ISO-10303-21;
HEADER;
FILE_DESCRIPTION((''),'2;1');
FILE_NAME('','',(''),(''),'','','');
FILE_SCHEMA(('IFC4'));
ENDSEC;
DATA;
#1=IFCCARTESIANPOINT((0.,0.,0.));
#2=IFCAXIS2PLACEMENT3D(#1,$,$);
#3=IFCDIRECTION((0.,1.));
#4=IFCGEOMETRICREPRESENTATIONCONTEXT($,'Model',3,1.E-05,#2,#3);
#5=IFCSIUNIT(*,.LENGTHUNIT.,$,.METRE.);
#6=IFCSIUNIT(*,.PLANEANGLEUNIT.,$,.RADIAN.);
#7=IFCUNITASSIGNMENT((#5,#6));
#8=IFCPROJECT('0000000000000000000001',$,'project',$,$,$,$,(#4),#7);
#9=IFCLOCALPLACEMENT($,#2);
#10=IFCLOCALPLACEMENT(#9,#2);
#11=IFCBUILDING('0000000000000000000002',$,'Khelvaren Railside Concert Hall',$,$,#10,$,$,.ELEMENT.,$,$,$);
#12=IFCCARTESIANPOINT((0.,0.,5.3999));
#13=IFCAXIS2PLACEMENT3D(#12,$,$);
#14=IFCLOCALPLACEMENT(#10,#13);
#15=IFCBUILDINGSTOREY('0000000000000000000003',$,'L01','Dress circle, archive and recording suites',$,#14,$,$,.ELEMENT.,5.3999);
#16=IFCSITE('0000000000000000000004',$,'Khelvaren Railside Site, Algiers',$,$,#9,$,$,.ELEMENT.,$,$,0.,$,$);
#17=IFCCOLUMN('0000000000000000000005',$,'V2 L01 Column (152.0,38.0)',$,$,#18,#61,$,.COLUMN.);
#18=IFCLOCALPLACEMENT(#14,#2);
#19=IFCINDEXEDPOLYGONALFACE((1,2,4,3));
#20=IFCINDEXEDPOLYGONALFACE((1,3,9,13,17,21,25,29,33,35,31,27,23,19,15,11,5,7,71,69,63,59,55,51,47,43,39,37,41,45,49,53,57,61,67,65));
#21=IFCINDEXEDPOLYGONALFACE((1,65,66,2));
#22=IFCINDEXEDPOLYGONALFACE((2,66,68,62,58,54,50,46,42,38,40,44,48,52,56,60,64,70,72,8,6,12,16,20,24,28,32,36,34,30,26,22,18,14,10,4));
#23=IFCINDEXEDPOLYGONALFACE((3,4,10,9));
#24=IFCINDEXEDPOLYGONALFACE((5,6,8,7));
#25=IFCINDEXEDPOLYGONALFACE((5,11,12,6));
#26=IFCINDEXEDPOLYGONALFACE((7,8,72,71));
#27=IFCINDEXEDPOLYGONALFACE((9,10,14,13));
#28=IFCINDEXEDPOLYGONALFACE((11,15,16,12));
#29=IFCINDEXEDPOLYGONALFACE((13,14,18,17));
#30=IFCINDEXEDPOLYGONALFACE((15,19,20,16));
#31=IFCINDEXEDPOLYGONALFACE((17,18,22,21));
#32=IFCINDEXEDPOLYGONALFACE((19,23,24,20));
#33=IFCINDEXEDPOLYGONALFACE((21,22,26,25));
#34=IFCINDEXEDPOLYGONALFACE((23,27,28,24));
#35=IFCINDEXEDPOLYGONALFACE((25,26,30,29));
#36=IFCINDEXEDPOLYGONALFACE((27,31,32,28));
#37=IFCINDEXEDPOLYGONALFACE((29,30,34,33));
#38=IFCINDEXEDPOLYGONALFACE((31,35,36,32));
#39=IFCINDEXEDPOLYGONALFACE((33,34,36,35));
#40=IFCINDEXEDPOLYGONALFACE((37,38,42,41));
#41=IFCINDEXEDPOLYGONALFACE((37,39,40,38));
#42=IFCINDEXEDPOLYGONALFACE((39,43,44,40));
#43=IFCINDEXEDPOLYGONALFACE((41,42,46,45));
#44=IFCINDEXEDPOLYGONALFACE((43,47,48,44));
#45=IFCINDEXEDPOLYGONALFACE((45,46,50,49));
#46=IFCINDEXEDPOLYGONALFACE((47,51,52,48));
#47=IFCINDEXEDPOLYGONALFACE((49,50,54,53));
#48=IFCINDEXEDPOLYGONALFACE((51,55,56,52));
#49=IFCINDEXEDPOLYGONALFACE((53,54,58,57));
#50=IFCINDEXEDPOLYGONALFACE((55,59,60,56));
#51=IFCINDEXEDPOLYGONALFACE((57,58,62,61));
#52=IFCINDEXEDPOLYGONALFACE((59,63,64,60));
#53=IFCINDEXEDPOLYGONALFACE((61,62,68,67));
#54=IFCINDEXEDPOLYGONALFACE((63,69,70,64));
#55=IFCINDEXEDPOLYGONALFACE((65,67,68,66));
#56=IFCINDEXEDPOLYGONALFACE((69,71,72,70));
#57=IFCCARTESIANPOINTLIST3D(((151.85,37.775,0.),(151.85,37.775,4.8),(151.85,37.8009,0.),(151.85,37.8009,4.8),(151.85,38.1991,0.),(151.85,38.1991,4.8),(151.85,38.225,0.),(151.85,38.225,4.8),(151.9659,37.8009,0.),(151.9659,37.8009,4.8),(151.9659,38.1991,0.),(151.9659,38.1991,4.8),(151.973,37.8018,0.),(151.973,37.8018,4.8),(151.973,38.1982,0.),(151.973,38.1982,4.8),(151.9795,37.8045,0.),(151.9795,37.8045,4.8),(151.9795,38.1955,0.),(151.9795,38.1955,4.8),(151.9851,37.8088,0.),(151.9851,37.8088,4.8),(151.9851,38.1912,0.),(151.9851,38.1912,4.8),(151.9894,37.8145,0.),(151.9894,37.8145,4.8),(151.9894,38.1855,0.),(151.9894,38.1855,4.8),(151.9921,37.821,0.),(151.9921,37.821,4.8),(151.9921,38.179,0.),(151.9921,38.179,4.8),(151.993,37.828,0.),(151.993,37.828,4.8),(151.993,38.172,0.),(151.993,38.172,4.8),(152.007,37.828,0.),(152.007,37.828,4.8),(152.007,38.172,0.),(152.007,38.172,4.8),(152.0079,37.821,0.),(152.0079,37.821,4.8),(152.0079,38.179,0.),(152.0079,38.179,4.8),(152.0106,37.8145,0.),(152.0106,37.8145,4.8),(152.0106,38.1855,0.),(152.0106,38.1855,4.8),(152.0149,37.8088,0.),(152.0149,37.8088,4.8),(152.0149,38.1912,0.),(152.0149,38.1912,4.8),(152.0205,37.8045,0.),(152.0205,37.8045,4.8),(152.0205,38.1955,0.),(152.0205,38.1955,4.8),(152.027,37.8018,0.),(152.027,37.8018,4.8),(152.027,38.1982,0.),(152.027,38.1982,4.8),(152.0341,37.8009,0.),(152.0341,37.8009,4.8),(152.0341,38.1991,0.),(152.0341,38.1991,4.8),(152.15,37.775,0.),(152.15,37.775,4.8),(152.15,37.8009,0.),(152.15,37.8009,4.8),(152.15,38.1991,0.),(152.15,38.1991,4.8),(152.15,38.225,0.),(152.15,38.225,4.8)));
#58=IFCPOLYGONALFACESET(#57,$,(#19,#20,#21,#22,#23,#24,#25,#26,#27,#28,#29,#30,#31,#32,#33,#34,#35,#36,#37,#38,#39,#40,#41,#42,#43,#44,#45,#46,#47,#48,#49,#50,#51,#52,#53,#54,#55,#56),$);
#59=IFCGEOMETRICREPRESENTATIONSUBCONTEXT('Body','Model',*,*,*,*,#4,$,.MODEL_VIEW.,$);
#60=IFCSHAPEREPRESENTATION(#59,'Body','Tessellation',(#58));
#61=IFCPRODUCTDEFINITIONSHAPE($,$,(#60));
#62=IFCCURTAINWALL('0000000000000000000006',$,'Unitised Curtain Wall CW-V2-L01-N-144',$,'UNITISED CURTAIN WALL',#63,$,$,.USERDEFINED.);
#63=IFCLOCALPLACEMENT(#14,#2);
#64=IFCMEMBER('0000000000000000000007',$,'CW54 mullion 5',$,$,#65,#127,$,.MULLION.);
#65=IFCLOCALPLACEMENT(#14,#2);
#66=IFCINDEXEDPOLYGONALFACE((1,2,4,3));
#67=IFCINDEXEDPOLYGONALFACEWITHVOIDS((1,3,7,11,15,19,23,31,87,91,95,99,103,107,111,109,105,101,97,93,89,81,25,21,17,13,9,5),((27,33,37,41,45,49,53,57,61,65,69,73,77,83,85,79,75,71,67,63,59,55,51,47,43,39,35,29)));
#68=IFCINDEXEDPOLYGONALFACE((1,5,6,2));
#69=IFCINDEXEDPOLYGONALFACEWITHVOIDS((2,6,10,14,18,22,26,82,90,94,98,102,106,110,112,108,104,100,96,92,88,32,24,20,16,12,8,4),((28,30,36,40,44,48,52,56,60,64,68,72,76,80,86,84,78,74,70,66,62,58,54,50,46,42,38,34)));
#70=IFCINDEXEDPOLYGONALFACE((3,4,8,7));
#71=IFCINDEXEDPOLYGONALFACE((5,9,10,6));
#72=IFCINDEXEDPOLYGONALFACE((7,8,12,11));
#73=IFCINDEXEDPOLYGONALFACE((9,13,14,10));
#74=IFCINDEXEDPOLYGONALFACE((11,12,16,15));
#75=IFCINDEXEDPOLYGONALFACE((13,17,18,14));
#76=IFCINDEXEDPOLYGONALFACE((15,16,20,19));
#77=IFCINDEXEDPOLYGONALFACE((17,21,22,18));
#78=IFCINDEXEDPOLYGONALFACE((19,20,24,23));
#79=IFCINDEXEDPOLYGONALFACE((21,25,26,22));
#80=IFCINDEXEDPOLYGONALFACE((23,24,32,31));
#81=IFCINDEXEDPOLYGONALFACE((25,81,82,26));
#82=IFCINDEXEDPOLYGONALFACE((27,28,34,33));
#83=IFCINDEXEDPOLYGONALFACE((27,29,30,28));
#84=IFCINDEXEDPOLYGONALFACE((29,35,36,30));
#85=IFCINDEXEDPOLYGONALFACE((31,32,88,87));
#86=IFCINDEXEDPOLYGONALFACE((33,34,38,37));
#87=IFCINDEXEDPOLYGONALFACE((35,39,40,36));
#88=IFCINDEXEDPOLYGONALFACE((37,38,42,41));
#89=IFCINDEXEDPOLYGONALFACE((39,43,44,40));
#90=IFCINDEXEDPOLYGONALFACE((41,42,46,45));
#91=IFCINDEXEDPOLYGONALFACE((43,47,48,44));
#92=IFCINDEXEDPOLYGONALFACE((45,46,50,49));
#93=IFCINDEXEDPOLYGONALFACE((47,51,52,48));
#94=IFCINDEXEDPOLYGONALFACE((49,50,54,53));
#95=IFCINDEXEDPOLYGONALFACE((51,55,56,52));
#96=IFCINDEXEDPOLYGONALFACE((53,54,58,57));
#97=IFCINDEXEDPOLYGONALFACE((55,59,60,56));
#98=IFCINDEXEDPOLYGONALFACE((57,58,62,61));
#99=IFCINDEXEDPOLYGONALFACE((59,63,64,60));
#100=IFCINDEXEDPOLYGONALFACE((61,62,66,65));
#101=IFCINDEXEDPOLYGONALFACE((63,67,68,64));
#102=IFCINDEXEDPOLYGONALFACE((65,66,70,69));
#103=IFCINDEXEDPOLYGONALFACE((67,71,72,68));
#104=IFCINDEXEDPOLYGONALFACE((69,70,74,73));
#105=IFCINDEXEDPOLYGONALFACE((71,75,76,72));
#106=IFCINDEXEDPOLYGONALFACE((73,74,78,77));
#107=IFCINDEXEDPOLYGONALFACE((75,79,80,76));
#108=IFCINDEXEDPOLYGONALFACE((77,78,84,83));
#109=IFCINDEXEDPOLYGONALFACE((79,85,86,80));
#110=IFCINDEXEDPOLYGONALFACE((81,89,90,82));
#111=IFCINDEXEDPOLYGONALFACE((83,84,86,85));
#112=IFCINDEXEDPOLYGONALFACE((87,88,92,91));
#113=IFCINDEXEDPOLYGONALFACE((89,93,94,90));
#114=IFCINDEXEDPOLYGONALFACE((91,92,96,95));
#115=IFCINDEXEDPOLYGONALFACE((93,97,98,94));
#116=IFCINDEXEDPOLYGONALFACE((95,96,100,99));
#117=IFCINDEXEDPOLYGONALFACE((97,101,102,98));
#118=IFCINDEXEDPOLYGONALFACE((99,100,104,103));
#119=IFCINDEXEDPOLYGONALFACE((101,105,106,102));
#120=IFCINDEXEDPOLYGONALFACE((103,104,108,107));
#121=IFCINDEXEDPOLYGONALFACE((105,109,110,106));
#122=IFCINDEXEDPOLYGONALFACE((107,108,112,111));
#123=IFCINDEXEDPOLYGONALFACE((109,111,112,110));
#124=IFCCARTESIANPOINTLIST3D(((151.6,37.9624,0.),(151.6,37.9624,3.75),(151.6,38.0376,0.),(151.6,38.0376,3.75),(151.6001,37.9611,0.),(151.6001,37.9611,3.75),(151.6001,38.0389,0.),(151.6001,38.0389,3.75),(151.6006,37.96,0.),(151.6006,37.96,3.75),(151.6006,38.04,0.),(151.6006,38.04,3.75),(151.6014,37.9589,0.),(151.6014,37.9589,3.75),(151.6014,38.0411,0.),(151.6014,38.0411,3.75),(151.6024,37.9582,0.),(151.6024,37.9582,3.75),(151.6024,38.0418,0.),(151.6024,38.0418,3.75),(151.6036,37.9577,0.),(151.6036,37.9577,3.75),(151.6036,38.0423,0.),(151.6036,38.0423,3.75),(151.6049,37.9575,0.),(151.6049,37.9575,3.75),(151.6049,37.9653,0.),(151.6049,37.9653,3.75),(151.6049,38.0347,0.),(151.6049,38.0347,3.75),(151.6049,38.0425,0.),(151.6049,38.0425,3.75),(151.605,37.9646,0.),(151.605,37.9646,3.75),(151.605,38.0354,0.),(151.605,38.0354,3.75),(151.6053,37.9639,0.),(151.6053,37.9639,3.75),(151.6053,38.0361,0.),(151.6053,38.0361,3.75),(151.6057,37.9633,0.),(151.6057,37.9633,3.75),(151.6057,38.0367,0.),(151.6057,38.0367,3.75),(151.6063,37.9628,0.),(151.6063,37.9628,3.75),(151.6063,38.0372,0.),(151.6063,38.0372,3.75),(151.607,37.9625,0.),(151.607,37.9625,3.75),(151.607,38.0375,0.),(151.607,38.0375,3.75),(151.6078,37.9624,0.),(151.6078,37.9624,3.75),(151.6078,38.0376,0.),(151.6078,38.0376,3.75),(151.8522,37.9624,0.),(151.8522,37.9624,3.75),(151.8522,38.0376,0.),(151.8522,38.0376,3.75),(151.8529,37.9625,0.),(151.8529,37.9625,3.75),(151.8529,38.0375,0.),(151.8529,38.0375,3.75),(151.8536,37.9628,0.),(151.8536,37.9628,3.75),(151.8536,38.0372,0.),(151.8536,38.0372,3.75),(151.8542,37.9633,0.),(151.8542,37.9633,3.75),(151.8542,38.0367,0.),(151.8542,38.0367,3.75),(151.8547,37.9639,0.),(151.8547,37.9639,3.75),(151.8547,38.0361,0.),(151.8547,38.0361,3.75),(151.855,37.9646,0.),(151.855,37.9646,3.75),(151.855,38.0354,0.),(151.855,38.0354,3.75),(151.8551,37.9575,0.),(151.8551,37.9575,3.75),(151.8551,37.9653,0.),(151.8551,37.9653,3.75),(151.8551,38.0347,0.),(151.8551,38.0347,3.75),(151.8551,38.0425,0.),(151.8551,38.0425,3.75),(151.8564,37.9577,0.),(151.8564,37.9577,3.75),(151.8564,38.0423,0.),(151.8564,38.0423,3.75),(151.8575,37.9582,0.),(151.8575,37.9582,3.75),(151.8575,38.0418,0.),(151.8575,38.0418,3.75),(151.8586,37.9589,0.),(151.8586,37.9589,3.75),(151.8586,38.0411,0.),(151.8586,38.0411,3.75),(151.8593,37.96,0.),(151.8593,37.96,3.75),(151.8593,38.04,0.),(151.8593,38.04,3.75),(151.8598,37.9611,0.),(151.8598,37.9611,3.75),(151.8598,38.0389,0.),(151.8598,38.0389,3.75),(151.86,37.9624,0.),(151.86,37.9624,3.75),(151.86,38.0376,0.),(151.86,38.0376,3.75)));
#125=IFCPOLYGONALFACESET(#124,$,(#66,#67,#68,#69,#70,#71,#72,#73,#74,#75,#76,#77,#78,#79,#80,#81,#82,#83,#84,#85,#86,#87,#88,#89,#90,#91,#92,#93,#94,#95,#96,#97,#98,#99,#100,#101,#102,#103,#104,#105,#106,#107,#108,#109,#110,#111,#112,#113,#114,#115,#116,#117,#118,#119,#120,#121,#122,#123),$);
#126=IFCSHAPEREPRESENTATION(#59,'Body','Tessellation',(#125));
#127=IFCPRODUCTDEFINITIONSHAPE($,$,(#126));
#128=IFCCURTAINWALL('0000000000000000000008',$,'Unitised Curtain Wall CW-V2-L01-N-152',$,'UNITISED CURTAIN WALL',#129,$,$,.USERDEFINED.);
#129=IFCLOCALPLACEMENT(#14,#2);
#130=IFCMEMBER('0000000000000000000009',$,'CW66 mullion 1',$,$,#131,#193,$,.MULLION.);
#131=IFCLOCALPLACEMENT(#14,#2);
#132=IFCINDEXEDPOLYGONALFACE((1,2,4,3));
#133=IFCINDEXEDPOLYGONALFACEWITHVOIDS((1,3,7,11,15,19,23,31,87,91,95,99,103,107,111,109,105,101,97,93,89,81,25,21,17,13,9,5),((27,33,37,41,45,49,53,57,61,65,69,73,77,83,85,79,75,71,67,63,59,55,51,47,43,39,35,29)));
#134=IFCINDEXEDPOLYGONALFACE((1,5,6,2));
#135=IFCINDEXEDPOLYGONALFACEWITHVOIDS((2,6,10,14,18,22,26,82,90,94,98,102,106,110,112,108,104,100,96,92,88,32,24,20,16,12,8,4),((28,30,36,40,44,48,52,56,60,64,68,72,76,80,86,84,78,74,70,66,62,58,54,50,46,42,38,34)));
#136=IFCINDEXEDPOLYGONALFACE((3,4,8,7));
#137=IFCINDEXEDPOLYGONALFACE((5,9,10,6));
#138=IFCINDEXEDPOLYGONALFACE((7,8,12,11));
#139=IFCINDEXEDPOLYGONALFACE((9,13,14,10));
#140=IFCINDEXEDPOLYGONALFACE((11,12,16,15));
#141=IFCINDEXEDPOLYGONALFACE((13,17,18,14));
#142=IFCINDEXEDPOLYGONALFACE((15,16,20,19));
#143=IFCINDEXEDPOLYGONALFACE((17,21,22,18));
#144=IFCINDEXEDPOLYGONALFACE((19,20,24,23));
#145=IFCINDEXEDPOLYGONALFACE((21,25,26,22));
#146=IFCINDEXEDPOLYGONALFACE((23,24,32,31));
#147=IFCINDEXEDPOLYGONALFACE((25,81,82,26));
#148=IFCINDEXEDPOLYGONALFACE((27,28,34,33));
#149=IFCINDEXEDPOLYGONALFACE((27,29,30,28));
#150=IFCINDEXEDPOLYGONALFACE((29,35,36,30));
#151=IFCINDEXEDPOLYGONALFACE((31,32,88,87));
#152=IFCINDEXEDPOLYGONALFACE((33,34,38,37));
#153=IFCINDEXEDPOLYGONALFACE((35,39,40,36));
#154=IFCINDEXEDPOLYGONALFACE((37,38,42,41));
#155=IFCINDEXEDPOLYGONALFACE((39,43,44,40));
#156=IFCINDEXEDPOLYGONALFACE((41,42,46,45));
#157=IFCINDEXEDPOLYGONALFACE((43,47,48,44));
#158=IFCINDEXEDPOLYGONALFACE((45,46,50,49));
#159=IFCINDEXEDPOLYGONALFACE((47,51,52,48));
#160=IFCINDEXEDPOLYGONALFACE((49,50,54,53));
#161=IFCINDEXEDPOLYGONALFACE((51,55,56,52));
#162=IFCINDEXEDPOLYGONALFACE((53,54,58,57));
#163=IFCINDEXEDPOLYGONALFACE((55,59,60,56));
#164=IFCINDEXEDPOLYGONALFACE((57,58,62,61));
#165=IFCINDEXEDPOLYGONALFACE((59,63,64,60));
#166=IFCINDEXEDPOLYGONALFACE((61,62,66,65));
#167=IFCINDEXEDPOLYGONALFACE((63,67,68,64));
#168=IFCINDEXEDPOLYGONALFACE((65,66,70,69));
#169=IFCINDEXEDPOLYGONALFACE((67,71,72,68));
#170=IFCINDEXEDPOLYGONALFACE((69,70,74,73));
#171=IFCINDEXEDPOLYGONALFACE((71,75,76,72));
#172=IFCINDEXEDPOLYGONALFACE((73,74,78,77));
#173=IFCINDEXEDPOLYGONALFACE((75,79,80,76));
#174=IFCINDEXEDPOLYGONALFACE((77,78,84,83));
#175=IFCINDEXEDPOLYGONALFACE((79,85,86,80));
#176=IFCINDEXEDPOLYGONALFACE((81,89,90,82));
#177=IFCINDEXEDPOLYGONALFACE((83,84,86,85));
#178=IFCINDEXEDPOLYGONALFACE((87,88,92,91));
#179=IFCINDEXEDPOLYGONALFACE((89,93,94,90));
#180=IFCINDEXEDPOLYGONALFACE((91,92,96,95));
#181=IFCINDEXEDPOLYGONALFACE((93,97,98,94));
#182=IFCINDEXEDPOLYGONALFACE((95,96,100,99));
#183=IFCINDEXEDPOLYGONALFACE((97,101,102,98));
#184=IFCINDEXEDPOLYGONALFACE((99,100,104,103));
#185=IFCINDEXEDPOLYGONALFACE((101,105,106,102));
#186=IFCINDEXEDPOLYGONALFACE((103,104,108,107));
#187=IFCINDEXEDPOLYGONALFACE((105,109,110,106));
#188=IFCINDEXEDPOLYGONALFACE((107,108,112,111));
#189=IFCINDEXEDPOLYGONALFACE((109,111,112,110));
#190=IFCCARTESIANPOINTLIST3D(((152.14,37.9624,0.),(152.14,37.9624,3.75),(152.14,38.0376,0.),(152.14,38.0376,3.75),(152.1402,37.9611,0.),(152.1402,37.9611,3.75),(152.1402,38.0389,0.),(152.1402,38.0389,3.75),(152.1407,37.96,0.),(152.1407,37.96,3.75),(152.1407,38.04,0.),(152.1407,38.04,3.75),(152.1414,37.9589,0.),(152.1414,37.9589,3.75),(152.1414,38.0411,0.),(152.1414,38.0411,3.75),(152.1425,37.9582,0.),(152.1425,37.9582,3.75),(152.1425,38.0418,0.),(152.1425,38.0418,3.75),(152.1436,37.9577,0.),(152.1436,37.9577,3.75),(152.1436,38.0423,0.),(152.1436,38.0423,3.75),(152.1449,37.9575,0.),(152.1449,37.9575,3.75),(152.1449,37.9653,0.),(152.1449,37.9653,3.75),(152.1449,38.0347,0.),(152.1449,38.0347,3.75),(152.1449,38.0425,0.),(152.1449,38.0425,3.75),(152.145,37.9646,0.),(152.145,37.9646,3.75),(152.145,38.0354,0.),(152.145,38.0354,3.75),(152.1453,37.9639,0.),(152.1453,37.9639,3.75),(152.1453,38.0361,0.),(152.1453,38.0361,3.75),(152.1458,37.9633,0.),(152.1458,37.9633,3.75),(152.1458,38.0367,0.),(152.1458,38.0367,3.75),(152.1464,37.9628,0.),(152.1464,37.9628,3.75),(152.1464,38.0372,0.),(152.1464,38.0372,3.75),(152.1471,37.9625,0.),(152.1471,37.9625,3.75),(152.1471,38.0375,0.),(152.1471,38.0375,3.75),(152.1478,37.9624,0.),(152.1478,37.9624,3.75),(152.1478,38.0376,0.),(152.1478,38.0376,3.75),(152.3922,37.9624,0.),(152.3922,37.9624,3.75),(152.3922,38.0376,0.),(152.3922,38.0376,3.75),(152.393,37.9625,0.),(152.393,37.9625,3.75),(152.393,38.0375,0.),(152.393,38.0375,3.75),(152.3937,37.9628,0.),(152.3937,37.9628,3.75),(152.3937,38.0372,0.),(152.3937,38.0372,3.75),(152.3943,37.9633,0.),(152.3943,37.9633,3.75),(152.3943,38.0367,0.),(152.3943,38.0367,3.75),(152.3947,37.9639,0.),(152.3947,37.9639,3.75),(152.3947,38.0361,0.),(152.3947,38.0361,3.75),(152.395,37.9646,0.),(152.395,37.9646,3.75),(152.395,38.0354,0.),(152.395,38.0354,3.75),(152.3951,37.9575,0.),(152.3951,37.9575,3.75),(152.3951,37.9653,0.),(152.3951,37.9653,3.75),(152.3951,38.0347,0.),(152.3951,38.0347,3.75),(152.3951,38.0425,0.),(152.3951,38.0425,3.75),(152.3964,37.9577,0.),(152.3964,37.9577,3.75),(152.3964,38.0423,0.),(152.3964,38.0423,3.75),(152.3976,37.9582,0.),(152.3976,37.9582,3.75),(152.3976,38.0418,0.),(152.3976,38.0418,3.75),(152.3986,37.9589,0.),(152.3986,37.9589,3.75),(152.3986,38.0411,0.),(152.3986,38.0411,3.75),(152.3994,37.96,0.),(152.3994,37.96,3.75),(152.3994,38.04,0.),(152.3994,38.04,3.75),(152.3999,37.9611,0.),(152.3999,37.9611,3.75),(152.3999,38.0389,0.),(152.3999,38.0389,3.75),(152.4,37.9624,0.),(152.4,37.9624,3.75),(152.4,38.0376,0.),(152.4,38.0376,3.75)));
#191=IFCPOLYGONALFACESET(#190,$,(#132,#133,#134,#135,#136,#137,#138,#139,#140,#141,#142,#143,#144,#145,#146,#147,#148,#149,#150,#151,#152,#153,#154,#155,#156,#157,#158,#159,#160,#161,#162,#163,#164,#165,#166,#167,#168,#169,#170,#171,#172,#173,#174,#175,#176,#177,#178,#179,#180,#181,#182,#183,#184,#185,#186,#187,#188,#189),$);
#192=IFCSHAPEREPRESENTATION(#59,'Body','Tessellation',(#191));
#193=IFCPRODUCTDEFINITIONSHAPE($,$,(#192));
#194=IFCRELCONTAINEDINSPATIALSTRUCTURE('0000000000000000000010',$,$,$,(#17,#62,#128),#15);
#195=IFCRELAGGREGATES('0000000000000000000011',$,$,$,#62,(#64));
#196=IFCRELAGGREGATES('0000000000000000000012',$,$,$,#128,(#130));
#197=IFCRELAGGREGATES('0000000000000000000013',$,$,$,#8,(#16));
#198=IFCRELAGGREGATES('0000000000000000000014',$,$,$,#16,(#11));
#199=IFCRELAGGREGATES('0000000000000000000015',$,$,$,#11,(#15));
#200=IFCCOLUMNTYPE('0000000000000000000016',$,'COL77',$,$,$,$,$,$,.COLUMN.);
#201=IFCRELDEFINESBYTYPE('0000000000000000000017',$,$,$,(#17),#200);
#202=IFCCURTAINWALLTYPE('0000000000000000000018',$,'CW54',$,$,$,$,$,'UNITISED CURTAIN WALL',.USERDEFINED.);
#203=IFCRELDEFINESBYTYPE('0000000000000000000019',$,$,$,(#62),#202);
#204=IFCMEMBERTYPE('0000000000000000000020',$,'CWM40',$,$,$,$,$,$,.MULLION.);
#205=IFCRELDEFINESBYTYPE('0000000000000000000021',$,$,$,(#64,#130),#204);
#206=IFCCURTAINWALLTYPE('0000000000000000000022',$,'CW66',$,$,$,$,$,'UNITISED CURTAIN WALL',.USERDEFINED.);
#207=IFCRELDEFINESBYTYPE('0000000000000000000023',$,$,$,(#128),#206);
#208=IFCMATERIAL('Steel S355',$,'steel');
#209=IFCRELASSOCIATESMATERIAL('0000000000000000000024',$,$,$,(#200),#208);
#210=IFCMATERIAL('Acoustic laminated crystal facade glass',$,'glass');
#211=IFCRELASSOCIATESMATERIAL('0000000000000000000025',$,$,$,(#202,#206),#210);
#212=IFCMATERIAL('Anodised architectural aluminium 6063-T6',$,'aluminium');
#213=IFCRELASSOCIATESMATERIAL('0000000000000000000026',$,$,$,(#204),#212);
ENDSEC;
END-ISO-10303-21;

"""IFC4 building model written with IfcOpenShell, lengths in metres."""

from ifc_helpers import new_model, si_unit, direction, frame, origin, origin_2d, place, context, subcontext, project, spatial, hollow_rectangle, i_section, extrude, material, material_profile, profile_set, type_object, element, aggregate, save


model = new_model("IFC4")

# Units and contexts
model_context = context("Model", 3, precision=1e-05, world=origin(), true_north=direction((0.0, 1.0)))
body_context = subcontext(model_context, "Body", "Model", "MODEL_VIEW")
ifc_project = project(units=[si_unit("LENGTHUNIT", "METRE"), si_unit("PLANEANGLEUNIT", "RADIAN")], contexts=[model_context])

# Site, building, storey
site_placement = place(None, origin())
site = spatial("IfcSite", under=ifc_project, at=site_placement, Name="Khelvaren Railside Site, Algiers", CompositionType="ELEMENT", RefElevation=0.0)
building_placement = place(site_placement, origin())
building = spatial("IfcBuilding", under=site, at=building_placement, Name="Khelvaren Railside Concert Hall", CompositionType="ELEMENT")
storey_placement = place(building_placement, frame((0.0, 0.0, 5.3999)))
storey = spatial("IfcBuildingStorey", under=building, at=storey_placement, Name="L01", Description="Dress circle, archive and recording suites", CompositionType="ELEMENT", Elevation=5.3999)

# Column
ifc_material_1 = material(Name="Steel S355", Category="steel")
ifc_material_profile_1 = material_profile(ifc_material_1, i_section(OverallWidth=0.3, OverallDepth=0.45, WebThickness=0.0139, FlangeThickness=0.0259, FilletRadius=0.0271, at=origin_2d()), Name="HEB 450")
ifc_profile_set_1 = profile_set([ifc_material_profile_1], Name="Steel S355")
column_type = type_object("IfcColumnType", Name="COL77", PredefinedType="COLUMN", material=ifc_profile_set_1)
column_placement = place(storey_placement, frame((152.0, 38.0, 0.0), z_axis=(0.0, 0.0, 1.0), x_axis=(1.0, 0.0, 0.0)))
element("IfcColumn", 1, at=column_placement, inside=storey, type_object=column_type, Name="V2 L01 Column (152.0,38.0)", PredefinedType="COLUMN", context=body_context, shape_type="SweptSolid", body=[
    extrude(i_section(OverallWidth=0.3, OverallDepth=0.45, WebThickness=0.0139, FlangeThickness=0.0259, FilletRadius=0.0271, at=origin_2d()), origin(), (0.0, 0.0, 1.0), 4.8),
])

# Curtain wall, member
ifc_material_2 = material(Name="Acoustic laminated crystal facade glass", Category="glass")
curtain_wall_type_1 = type_object("IfcCurtainWallType", Name="CW54", ElementType="UNITISED CURTAIN WALL", PredefinedType="USERDEFINED", material=ifc_material_2)
curtain_wall_1_placement = place(storey_placement, origin())
curtain_wall_1 = element("IfcCurtainWall", 2, at=curtain_wall_1_placement, inside=storey, type_object=curtain_wall_type_1, Name="Unitised Curtain Wall CW-V2-L01-N-144", ObjectType="UNITISED CURTAIN WALL", PredefinedType="USERDEFINED")
ifc_material_3 = material(Name="Anodised architectural aluminium 6063-T6", Category="aluminium")
ifc_material_profile_2 = material_profile(ifc_material_3, hollow_rectangle(XDim=0.085, YDim=0.26, WallThickness=0.0049, InnerFilletRadius=0.0029, OuterFilletRadius=0.0049, at=origin_2d()), Name="CWM 85x260x5")
ifc_profile_set_2 = profile_set([ifc_material_profile_2], Name="Anodised architectural aluminium 6063-T6")
member_type_1 = type_object("IfcMemberType", Name="CWM40", PredefinedType="MULLION", material=ifc_profile_set_2)
member_1_placement = place(storey_placement, frame((151.73, 38.0, 0.0), z_axis=(0.0, 0.0, 1.0), x_axis=(0.0, 1.0, 0.0)))
member_1 = element("IfcMember", 3, at=member_1_placement, type_object=member_type_1, Name="CW54 mullion 5", PredefinedType="MULLION", context=body_context, shape_type="SweptSolid", body=[
    extrude(hollow_rectangle(XDim=0.085, YDim=0.26, WallThickness=0.0049, InnerFilletRadius=0.0029, OuterFilletRadius=0.0049, at=origin_2d()), origin(), (0.0, 0.0, 1.0), 3.75),
])

# Curtain wall, member
curtain_wall_type_2 = type_object("IfcCurtainWallType", Name="CW66", ElementType="UNITISED CURTAIN WALL", PredefinedType="USERDEFINED", material=ifc_material_2)
curtain_wall_2_placement = place(storey_placement, origin())
curtain_wall_2 = element("IfcCurtainWall", 4, at=curtain_wall_2_placement, inside=storey, type_object=curtain_wall_type_2, Name="Unitised Curtain Wall CW-V2-L01-N-152", ObjectType="UNITISED CURTAIN WALL", PredefinedType="USERDEFINED")
member_2_placement = place(storey_placement, frame((152.27, 38.0, 0.0), z_axis=(0.0, 0.0, 1.0), x_axis=(0.0, 1.0, 0.0)))
member_2 = element("IfcMember", 5, at=member_2_placement, type_object=member_type_1, Name="CW66 mullion 1", PredefinedType="MULLION", context=body_context, shape_type="SweptSolid", body=[
    extrude(hollow_rectangle(XDim=0.085, YDim=0.26, WallThickness=0.0049, InnerFilletRadius=0.0029, OuterFilletRadius=0.0049, at=origin_2d()), origin(), (0.0, 0.0, 1.0), 3.75),
])

aggregate(curtain_wall_1, [member_1])
aggregate(curtain_wall_2, [member_2])

save(model, "model.ifc")
